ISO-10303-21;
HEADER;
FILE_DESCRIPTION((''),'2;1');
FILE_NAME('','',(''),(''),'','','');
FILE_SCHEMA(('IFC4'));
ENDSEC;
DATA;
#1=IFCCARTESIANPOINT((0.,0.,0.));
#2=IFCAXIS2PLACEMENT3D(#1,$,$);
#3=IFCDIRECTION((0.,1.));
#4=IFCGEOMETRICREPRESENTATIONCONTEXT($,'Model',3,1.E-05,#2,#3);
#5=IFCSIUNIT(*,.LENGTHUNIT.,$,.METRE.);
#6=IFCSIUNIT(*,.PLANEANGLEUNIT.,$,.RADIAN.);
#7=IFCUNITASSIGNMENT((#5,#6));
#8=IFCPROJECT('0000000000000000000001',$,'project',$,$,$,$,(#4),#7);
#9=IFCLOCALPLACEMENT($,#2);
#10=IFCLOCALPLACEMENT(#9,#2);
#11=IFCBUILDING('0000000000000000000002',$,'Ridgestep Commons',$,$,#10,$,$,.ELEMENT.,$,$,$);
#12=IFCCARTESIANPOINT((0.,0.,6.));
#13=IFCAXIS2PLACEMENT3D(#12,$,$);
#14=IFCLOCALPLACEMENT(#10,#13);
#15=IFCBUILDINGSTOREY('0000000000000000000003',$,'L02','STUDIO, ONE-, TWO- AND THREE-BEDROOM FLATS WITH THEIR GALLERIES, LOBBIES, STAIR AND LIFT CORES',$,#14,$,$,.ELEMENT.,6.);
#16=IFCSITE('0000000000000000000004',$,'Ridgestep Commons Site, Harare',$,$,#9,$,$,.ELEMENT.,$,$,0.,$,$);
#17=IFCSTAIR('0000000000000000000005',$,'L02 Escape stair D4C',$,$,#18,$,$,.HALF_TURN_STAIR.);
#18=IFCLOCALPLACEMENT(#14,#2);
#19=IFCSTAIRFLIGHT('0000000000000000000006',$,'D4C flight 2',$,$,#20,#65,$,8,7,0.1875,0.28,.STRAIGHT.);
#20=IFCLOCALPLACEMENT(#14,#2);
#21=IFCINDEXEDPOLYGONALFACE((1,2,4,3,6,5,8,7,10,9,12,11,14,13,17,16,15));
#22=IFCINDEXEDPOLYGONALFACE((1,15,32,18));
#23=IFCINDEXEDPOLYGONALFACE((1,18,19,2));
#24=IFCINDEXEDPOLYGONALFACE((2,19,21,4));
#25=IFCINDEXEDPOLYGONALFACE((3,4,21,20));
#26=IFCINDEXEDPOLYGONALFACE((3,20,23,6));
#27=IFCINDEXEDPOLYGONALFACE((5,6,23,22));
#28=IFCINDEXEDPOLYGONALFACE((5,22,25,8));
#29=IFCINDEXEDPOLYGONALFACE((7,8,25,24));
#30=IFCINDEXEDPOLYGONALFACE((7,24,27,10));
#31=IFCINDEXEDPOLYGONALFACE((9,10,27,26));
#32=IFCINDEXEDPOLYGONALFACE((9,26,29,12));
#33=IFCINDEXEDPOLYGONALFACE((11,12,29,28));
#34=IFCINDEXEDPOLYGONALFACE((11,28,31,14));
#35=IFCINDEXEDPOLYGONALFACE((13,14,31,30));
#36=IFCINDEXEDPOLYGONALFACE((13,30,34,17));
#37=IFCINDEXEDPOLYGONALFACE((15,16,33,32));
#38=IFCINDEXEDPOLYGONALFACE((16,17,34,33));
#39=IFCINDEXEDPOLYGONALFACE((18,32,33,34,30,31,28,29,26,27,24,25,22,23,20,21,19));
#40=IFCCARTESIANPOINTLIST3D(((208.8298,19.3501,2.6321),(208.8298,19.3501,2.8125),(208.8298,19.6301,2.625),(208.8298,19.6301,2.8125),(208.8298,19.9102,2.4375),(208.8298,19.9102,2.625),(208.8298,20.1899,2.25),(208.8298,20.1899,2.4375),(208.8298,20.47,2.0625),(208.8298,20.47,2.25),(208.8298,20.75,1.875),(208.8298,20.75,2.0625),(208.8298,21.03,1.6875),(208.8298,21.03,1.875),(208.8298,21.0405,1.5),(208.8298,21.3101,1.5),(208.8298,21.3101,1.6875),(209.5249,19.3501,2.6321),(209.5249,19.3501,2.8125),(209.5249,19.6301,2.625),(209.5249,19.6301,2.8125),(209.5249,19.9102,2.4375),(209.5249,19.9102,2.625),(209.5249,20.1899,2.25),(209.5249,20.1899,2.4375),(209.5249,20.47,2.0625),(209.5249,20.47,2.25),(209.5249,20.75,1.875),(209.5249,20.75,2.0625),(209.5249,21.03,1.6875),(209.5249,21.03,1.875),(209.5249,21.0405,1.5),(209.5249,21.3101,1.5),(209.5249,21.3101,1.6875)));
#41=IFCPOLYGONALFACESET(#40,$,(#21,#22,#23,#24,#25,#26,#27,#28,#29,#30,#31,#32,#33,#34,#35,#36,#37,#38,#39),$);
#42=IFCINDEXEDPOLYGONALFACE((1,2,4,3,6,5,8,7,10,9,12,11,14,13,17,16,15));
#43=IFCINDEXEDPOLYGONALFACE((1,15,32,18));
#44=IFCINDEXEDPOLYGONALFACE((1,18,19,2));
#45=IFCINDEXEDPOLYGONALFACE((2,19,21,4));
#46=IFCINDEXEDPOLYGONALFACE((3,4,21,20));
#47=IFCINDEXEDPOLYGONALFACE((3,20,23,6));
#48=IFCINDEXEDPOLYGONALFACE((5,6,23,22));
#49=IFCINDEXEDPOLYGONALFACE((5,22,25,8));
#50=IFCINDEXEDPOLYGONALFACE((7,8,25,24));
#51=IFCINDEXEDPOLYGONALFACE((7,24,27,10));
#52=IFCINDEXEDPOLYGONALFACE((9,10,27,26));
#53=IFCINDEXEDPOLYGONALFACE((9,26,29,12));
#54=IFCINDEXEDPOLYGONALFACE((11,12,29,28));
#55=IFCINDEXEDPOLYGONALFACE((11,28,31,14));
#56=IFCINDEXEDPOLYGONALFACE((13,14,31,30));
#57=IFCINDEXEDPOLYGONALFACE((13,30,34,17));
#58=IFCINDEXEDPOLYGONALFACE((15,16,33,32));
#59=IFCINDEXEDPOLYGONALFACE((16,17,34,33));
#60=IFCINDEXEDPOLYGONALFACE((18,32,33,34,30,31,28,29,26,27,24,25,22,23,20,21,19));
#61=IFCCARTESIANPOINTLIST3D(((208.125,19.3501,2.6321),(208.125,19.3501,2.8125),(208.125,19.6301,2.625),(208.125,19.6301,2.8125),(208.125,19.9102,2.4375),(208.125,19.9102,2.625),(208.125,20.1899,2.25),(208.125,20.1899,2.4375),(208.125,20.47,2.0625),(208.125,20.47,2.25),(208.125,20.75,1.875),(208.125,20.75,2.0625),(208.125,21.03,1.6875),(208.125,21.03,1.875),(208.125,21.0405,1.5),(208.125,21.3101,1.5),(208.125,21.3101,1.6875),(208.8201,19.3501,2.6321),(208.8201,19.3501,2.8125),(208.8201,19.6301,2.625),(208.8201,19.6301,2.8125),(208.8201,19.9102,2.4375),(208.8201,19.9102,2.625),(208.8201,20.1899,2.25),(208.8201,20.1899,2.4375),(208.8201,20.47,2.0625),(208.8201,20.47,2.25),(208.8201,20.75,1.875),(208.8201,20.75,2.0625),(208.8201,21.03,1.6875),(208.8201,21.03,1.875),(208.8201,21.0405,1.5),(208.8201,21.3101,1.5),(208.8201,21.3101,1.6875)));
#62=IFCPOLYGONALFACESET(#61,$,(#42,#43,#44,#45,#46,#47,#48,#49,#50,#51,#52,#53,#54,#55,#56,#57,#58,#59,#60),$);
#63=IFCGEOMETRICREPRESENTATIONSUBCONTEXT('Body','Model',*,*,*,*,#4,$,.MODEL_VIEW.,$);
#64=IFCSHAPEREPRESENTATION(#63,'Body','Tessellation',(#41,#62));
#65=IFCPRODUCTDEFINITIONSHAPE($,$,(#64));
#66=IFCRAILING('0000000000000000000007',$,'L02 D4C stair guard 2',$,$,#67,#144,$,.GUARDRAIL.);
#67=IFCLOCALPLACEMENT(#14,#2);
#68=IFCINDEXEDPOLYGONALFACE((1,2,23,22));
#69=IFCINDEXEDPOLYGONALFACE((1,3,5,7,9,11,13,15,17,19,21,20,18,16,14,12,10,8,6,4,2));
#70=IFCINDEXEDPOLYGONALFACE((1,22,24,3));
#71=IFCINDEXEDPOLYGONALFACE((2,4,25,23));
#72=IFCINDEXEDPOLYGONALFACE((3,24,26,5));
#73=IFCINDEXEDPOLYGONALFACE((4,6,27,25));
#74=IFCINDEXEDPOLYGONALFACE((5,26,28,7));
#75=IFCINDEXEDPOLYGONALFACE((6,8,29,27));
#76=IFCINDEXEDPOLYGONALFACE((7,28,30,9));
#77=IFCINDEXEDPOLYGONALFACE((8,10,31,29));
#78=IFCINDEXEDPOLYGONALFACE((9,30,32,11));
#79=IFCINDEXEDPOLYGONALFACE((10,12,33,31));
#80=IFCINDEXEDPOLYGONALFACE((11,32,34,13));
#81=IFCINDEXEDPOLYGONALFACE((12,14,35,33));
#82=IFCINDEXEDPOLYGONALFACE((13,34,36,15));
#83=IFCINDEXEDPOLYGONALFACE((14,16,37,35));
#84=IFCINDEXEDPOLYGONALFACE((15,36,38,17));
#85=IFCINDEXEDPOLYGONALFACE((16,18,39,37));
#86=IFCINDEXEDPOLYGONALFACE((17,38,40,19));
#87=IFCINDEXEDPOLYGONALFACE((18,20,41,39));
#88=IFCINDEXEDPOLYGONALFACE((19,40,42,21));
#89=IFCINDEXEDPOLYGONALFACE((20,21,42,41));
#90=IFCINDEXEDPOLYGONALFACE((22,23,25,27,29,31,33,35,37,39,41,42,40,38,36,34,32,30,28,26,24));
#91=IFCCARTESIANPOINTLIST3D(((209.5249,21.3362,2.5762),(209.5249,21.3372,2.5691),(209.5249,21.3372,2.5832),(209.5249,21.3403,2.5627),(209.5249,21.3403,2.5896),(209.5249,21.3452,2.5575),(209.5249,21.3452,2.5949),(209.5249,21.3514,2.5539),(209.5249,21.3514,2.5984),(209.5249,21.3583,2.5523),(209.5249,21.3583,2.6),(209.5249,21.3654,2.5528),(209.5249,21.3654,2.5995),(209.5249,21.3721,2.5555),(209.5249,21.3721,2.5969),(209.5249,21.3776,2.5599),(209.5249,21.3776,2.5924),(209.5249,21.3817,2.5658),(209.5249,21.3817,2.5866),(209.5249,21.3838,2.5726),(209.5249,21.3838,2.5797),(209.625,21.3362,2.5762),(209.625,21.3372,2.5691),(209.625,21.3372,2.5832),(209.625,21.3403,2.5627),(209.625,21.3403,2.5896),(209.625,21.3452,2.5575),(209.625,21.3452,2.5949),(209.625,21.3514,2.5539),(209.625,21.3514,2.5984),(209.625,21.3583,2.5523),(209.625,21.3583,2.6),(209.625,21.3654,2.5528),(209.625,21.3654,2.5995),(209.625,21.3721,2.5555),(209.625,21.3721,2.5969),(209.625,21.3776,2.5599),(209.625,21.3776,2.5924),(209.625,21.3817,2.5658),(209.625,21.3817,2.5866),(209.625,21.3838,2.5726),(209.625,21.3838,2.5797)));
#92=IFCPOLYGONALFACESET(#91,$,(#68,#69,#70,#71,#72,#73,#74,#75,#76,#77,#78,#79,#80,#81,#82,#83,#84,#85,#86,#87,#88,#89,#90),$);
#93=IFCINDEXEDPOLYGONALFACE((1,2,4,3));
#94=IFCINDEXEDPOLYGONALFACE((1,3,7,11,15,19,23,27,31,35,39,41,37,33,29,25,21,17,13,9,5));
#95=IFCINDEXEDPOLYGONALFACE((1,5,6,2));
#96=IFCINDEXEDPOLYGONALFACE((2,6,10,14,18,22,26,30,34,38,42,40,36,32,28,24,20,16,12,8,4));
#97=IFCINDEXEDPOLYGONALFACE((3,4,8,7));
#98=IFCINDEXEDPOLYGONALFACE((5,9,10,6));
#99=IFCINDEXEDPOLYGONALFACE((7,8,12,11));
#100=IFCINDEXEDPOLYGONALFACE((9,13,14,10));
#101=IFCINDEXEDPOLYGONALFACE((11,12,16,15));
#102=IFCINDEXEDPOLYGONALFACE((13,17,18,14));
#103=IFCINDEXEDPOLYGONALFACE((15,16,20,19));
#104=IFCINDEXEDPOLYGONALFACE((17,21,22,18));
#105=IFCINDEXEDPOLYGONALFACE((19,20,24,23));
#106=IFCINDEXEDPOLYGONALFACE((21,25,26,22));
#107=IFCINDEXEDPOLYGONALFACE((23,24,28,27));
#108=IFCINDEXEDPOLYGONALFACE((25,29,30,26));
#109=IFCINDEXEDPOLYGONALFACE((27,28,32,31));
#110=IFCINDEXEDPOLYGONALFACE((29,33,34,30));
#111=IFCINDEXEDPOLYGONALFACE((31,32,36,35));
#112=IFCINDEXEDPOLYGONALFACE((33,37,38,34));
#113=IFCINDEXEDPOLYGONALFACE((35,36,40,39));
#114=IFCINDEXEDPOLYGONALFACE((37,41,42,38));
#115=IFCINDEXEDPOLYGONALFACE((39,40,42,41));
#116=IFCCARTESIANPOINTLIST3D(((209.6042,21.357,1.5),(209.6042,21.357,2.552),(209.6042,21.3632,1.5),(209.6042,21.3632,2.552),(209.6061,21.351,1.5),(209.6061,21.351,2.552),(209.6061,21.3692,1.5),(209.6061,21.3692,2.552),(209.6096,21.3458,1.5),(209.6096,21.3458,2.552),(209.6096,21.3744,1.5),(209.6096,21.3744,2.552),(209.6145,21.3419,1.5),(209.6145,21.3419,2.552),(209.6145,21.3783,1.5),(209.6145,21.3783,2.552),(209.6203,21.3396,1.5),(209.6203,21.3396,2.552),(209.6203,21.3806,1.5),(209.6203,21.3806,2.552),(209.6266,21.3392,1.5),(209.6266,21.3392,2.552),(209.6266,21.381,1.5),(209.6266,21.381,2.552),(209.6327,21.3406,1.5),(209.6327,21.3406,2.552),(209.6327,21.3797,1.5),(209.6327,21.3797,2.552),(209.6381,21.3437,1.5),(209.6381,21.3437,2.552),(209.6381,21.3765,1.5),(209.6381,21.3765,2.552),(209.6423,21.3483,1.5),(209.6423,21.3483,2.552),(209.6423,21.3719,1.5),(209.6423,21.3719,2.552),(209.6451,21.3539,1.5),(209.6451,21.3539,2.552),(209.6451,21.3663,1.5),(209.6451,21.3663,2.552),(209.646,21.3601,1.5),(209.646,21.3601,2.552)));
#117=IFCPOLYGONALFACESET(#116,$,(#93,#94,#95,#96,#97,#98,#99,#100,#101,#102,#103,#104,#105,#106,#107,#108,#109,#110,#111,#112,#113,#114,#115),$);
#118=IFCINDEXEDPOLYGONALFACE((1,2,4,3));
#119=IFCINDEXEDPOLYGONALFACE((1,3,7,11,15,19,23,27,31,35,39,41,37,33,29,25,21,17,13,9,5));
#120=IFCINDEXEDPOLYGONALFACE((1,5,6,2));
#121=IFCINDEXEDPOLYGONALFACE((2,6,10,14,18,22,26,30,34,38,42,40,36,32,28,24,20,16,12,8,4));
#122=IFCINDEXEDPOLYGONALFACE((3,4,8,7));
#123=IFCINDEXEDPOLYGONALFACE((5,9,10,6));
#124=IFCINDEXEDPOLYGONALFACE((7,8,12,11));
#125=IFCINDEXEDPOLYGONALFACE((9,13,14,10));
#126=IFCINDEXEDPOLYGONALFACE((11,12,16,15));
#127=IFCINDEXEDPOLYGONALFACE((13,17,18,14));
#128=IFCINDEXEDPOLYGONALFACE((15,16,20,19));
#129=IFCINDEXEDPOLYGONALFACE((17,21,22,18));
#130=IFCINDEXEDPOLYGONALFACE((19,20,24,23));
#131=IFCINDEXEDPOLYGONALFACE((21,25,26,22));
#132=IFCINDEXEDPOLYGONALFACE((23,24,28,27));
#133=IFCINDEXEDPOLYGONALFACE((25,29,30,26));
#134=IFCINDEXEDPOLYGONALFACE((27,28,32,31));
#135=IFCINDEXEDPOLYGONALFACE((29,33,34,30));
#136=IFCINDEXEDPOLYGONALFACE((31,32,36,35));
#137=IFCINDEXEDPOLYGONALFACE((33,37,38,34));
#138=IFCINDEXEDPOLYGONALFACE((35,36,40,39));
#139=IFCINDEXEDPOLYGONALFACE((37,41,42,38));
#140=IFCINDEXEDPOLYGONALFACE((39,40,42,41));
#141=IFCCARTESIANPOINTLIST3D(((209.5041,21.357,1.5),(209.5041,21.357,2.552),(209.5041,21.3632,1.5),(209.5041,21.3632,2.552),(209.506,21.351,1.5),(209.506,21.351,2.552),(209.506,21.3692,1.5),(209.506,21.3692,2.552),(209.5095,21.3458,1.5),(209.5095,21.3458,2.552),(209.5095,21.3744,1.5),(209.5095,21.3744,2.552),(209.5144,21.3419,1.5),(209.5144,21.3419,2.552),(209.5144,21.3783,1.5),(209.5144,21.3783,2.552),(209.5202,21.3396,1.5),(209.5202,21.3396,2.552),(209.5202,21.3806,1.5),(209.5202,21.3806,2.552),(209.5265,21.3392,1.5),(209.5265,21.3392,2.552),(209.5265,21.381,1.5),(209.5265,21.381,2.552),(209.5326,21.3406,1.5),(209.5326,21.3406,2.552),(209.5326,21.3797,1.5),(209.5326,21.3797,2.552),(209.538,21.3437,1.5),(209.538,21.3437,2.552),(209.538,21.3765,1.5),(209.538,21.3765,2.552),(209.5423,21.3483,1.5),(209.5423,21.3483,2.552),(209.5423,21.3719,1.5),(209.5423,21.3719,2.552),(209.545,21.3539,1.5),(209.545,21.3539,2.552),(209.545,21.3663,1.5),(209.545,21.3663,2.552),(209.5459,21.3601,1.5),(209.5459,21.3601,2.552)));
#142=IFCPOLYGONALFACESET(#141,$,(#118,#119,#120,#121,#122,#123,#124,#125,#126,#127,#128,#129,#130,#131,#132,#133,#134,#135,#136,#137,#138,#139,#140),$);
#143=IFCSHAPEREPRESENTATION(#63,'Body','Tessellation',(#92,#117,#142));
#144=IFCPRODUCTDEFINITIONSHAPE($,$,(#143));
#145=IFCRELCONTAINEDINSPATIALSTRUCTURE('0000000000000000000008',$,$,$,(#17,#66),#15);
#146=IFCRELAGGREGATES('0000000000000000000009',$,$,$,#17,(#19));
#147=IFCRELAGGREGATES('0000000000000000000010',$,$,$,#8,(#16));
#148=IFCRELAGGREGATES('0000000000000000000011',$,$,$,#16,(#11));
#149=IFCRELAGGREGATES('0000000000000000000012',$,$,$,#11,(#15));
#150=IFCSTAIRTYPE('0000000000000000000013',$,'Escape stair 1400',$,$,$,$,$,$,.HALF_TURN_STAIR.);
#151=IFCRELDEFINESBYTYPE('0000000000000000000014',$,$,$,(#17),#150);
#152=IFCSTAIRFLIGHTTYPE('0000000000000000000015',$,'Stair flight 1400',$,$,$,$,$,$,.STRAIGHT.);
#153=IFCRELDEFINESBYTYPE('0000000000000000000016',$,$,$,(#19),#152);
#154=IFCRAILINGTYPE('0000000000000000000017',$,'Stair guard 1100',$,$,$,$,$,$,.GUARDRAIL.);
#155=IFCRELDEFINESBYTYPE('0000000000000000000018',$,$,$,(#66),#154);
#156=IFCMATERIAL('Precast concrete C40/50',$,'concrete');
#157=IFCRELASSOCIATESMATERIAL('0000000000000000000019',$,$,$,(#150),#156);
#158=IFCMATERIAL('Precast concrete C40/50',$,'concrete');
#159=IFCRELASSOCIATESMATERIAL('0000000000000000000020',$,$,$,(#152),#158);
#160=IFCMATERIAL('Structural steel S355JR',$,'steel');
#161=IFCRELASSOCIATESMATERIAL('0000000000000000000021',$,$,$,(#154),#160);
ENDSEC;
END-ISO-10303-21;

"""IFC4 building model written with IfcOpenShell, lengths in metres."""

from ifc_helpers import new_model, si_unit, direction, frame, origin, origin_2d, place, context, subcontext, project, spatial, polyline, circle, outline, extrude, material, type_object, element, aggregate, save


model = new_model("IFC4")

# Units and contexts
model_context = context("Model", 3, precision=1e-05, world=origin(), true_north=direction((0.0, 1.0)))
body_context = subcontext(model_context, "Body", "Model", "MODEL_VIEW")
ifc_project = project(units=[si_unit("LENGTHUNIT", "METRE"), si_unit("PLANEANGLEUNIT", "RADIAN")], contexts=[model_context])

# Site, building, storey
site_placement = place(None, origin())
site = spatial("IfcSite", under=ifc_project, at=site_placement, Name="Ridgestep Commons Site, Harare", CompositionType="ELEMENT", RefElevation=0.0)
building_placement = place(site_placement, origin())
building = spatial("IfcBuilding", under=site, at=building_placement, Name="Ridgestep Commons", CompositionType="ELEMENT")
storey_placement = place(building_placement, frame((0.0, 0.0, 6.0)))
storey = spatial("IfcBuildingStorey", under=building, at=storey_placement, Name="L02", Description="STUDIO, ONE-, TWO- AND THREE-BEDROOM FLATS WITH THEIR GALLERIES, LOBBIES, STAIR AND LIFT CORES", CompositionType="ELEMENT", Elevation=6.0)

# Stair, stair flight
ifc_material_1 = material(Name="Precast concrete C40/50", Category="concrete")
stair_type = type_object("IfcStairType", Name="Escape stair 1400", PredefinedType="HALF_TURN_STAIR", material=ifc_material_1)
stair_placement = place(storey_placement, origin())
stair = element("IfcStair", 1, at=stair_placement, inside=storey, type_object=stair_type, Name="L02 Escape stair D4C", PredefinedType="HALF_TURN_STAIR")
ifc_material_2 = material(Name="Precast concrete C40/50", Category="concrete")
stair_flight_type = type_object("IfcStairFlightType", Name="Stair flight 1400", PredefinedType="STRAIGHT", material=ifc_material_2)
stair_flight_placement = place(storey_placement, frame((208.825, 21.3101, 1.5), z_axis=(0.0, 0.0, 1.0), x_axis=(0.0, -1.0, 0.0)))
stair_flight = element("IfcStairFlight", 2, at=stair_flight_placement, type_object=stair_flight_type, Name="D4C flight 2", NumberOfRisers=8, NumberOfTreads=7, PredefinedType="STRAIGHT", RiserHeight=0.1875, TreadLength=0.28, context=body_context, shape_type="SweptSolid", body=[
    extrude(outline(polyline([(0.0, 0.0), (0.0, 0.1875), (0.28, 0.1875), (0.28, 0.375), (0.5601, 0.375), (0.5601, 0.5625), (0.8401, 0.5625), (0.8401, 0.75), (1.1201, 0.75), (1.1201, 0.9375), (1.3999, 0.9375), (1.3999, 1.125), (1.6799, 1.125), (1.6799, 1.3125), (1.96, 1.3125), (1.96, 1.5), (1.96, 1.1321), (0.2695, 0.0), (0.0, 0.0)])), frame((0.0, 0.7, 0.0), z_axis=(0.0, -1.0, 0.0), x_axis=(1.0, 0.0, 0.0)), (0.0, 0.0, 1.0), 0.6951),
    extrude(outline(polyline([(0.0, 0.0), (0.0, 0.1875), (0.28, 0.1875), (0.28, 0.375), (0.5601, 0.375), (0.5601, 0.5625), (0.8401, 0.5625), (0.8401, 0.75), (1.1201, 0.75), (1.1201, 0.9375), (1.3999, 0.9375), (1.3999, 1.125), (1.6799, 1.125), (1.6799, 1.3125), (1.96, 1.3125), (1.96, 1.5), (1.96, 1.1321), (0.2695, 0.0), (0.0, 0.0)])), frame((0.0, -0.0049, 0.0), z_axis=(0.0, -1.0, 0.0), x_axis=(1.0, 0.0, 0.0)), (0.0, 0.0, 1.0), 0.6951),
])
aggregate(stair, [stair_flight])

# Railing
ifc_material_3 = material(Name="Structural steel S355JR", Category="steel")
railing_type_1 = type_object("IfcRailingType", Name="Stair guard 1100", PredefinedType="GUARDRAIL", material=ifc_material_3)
railing_1_placement = place(storey_placement, frame((209.625, 21.3601, 1.5)))
element("IfcRailing", 3, at=railing_1_placement, inside=storey, type_object=railing_type_1, Name="L02 D4C stair guard 2", PredefinedType="GUARDRAIL", context=body_context, shape_type="SweptSolid", body=[
    extrude(circle(Radius=0.0239, at=origin_2d()), frame((0.0, 0.0, 1.0762), z_axis=(-1.0, 0.0, 0.0), x_axis=(0.0, -1.0, 0.0)), (0.0, 0.0, 1.0), 0.1001),
    extrude(circle(Radius=0.021, at=origin_2d()), origin(), (0.0, 0.0, 1.0), 1.052),
    extrude(circle(Radius=0.021, at=origin_2d()), frame((-0.1001, 0.0, 0.0)), (0.0, 0.0, 1.0), 1.052),
])

save(model, "model.ifc")
